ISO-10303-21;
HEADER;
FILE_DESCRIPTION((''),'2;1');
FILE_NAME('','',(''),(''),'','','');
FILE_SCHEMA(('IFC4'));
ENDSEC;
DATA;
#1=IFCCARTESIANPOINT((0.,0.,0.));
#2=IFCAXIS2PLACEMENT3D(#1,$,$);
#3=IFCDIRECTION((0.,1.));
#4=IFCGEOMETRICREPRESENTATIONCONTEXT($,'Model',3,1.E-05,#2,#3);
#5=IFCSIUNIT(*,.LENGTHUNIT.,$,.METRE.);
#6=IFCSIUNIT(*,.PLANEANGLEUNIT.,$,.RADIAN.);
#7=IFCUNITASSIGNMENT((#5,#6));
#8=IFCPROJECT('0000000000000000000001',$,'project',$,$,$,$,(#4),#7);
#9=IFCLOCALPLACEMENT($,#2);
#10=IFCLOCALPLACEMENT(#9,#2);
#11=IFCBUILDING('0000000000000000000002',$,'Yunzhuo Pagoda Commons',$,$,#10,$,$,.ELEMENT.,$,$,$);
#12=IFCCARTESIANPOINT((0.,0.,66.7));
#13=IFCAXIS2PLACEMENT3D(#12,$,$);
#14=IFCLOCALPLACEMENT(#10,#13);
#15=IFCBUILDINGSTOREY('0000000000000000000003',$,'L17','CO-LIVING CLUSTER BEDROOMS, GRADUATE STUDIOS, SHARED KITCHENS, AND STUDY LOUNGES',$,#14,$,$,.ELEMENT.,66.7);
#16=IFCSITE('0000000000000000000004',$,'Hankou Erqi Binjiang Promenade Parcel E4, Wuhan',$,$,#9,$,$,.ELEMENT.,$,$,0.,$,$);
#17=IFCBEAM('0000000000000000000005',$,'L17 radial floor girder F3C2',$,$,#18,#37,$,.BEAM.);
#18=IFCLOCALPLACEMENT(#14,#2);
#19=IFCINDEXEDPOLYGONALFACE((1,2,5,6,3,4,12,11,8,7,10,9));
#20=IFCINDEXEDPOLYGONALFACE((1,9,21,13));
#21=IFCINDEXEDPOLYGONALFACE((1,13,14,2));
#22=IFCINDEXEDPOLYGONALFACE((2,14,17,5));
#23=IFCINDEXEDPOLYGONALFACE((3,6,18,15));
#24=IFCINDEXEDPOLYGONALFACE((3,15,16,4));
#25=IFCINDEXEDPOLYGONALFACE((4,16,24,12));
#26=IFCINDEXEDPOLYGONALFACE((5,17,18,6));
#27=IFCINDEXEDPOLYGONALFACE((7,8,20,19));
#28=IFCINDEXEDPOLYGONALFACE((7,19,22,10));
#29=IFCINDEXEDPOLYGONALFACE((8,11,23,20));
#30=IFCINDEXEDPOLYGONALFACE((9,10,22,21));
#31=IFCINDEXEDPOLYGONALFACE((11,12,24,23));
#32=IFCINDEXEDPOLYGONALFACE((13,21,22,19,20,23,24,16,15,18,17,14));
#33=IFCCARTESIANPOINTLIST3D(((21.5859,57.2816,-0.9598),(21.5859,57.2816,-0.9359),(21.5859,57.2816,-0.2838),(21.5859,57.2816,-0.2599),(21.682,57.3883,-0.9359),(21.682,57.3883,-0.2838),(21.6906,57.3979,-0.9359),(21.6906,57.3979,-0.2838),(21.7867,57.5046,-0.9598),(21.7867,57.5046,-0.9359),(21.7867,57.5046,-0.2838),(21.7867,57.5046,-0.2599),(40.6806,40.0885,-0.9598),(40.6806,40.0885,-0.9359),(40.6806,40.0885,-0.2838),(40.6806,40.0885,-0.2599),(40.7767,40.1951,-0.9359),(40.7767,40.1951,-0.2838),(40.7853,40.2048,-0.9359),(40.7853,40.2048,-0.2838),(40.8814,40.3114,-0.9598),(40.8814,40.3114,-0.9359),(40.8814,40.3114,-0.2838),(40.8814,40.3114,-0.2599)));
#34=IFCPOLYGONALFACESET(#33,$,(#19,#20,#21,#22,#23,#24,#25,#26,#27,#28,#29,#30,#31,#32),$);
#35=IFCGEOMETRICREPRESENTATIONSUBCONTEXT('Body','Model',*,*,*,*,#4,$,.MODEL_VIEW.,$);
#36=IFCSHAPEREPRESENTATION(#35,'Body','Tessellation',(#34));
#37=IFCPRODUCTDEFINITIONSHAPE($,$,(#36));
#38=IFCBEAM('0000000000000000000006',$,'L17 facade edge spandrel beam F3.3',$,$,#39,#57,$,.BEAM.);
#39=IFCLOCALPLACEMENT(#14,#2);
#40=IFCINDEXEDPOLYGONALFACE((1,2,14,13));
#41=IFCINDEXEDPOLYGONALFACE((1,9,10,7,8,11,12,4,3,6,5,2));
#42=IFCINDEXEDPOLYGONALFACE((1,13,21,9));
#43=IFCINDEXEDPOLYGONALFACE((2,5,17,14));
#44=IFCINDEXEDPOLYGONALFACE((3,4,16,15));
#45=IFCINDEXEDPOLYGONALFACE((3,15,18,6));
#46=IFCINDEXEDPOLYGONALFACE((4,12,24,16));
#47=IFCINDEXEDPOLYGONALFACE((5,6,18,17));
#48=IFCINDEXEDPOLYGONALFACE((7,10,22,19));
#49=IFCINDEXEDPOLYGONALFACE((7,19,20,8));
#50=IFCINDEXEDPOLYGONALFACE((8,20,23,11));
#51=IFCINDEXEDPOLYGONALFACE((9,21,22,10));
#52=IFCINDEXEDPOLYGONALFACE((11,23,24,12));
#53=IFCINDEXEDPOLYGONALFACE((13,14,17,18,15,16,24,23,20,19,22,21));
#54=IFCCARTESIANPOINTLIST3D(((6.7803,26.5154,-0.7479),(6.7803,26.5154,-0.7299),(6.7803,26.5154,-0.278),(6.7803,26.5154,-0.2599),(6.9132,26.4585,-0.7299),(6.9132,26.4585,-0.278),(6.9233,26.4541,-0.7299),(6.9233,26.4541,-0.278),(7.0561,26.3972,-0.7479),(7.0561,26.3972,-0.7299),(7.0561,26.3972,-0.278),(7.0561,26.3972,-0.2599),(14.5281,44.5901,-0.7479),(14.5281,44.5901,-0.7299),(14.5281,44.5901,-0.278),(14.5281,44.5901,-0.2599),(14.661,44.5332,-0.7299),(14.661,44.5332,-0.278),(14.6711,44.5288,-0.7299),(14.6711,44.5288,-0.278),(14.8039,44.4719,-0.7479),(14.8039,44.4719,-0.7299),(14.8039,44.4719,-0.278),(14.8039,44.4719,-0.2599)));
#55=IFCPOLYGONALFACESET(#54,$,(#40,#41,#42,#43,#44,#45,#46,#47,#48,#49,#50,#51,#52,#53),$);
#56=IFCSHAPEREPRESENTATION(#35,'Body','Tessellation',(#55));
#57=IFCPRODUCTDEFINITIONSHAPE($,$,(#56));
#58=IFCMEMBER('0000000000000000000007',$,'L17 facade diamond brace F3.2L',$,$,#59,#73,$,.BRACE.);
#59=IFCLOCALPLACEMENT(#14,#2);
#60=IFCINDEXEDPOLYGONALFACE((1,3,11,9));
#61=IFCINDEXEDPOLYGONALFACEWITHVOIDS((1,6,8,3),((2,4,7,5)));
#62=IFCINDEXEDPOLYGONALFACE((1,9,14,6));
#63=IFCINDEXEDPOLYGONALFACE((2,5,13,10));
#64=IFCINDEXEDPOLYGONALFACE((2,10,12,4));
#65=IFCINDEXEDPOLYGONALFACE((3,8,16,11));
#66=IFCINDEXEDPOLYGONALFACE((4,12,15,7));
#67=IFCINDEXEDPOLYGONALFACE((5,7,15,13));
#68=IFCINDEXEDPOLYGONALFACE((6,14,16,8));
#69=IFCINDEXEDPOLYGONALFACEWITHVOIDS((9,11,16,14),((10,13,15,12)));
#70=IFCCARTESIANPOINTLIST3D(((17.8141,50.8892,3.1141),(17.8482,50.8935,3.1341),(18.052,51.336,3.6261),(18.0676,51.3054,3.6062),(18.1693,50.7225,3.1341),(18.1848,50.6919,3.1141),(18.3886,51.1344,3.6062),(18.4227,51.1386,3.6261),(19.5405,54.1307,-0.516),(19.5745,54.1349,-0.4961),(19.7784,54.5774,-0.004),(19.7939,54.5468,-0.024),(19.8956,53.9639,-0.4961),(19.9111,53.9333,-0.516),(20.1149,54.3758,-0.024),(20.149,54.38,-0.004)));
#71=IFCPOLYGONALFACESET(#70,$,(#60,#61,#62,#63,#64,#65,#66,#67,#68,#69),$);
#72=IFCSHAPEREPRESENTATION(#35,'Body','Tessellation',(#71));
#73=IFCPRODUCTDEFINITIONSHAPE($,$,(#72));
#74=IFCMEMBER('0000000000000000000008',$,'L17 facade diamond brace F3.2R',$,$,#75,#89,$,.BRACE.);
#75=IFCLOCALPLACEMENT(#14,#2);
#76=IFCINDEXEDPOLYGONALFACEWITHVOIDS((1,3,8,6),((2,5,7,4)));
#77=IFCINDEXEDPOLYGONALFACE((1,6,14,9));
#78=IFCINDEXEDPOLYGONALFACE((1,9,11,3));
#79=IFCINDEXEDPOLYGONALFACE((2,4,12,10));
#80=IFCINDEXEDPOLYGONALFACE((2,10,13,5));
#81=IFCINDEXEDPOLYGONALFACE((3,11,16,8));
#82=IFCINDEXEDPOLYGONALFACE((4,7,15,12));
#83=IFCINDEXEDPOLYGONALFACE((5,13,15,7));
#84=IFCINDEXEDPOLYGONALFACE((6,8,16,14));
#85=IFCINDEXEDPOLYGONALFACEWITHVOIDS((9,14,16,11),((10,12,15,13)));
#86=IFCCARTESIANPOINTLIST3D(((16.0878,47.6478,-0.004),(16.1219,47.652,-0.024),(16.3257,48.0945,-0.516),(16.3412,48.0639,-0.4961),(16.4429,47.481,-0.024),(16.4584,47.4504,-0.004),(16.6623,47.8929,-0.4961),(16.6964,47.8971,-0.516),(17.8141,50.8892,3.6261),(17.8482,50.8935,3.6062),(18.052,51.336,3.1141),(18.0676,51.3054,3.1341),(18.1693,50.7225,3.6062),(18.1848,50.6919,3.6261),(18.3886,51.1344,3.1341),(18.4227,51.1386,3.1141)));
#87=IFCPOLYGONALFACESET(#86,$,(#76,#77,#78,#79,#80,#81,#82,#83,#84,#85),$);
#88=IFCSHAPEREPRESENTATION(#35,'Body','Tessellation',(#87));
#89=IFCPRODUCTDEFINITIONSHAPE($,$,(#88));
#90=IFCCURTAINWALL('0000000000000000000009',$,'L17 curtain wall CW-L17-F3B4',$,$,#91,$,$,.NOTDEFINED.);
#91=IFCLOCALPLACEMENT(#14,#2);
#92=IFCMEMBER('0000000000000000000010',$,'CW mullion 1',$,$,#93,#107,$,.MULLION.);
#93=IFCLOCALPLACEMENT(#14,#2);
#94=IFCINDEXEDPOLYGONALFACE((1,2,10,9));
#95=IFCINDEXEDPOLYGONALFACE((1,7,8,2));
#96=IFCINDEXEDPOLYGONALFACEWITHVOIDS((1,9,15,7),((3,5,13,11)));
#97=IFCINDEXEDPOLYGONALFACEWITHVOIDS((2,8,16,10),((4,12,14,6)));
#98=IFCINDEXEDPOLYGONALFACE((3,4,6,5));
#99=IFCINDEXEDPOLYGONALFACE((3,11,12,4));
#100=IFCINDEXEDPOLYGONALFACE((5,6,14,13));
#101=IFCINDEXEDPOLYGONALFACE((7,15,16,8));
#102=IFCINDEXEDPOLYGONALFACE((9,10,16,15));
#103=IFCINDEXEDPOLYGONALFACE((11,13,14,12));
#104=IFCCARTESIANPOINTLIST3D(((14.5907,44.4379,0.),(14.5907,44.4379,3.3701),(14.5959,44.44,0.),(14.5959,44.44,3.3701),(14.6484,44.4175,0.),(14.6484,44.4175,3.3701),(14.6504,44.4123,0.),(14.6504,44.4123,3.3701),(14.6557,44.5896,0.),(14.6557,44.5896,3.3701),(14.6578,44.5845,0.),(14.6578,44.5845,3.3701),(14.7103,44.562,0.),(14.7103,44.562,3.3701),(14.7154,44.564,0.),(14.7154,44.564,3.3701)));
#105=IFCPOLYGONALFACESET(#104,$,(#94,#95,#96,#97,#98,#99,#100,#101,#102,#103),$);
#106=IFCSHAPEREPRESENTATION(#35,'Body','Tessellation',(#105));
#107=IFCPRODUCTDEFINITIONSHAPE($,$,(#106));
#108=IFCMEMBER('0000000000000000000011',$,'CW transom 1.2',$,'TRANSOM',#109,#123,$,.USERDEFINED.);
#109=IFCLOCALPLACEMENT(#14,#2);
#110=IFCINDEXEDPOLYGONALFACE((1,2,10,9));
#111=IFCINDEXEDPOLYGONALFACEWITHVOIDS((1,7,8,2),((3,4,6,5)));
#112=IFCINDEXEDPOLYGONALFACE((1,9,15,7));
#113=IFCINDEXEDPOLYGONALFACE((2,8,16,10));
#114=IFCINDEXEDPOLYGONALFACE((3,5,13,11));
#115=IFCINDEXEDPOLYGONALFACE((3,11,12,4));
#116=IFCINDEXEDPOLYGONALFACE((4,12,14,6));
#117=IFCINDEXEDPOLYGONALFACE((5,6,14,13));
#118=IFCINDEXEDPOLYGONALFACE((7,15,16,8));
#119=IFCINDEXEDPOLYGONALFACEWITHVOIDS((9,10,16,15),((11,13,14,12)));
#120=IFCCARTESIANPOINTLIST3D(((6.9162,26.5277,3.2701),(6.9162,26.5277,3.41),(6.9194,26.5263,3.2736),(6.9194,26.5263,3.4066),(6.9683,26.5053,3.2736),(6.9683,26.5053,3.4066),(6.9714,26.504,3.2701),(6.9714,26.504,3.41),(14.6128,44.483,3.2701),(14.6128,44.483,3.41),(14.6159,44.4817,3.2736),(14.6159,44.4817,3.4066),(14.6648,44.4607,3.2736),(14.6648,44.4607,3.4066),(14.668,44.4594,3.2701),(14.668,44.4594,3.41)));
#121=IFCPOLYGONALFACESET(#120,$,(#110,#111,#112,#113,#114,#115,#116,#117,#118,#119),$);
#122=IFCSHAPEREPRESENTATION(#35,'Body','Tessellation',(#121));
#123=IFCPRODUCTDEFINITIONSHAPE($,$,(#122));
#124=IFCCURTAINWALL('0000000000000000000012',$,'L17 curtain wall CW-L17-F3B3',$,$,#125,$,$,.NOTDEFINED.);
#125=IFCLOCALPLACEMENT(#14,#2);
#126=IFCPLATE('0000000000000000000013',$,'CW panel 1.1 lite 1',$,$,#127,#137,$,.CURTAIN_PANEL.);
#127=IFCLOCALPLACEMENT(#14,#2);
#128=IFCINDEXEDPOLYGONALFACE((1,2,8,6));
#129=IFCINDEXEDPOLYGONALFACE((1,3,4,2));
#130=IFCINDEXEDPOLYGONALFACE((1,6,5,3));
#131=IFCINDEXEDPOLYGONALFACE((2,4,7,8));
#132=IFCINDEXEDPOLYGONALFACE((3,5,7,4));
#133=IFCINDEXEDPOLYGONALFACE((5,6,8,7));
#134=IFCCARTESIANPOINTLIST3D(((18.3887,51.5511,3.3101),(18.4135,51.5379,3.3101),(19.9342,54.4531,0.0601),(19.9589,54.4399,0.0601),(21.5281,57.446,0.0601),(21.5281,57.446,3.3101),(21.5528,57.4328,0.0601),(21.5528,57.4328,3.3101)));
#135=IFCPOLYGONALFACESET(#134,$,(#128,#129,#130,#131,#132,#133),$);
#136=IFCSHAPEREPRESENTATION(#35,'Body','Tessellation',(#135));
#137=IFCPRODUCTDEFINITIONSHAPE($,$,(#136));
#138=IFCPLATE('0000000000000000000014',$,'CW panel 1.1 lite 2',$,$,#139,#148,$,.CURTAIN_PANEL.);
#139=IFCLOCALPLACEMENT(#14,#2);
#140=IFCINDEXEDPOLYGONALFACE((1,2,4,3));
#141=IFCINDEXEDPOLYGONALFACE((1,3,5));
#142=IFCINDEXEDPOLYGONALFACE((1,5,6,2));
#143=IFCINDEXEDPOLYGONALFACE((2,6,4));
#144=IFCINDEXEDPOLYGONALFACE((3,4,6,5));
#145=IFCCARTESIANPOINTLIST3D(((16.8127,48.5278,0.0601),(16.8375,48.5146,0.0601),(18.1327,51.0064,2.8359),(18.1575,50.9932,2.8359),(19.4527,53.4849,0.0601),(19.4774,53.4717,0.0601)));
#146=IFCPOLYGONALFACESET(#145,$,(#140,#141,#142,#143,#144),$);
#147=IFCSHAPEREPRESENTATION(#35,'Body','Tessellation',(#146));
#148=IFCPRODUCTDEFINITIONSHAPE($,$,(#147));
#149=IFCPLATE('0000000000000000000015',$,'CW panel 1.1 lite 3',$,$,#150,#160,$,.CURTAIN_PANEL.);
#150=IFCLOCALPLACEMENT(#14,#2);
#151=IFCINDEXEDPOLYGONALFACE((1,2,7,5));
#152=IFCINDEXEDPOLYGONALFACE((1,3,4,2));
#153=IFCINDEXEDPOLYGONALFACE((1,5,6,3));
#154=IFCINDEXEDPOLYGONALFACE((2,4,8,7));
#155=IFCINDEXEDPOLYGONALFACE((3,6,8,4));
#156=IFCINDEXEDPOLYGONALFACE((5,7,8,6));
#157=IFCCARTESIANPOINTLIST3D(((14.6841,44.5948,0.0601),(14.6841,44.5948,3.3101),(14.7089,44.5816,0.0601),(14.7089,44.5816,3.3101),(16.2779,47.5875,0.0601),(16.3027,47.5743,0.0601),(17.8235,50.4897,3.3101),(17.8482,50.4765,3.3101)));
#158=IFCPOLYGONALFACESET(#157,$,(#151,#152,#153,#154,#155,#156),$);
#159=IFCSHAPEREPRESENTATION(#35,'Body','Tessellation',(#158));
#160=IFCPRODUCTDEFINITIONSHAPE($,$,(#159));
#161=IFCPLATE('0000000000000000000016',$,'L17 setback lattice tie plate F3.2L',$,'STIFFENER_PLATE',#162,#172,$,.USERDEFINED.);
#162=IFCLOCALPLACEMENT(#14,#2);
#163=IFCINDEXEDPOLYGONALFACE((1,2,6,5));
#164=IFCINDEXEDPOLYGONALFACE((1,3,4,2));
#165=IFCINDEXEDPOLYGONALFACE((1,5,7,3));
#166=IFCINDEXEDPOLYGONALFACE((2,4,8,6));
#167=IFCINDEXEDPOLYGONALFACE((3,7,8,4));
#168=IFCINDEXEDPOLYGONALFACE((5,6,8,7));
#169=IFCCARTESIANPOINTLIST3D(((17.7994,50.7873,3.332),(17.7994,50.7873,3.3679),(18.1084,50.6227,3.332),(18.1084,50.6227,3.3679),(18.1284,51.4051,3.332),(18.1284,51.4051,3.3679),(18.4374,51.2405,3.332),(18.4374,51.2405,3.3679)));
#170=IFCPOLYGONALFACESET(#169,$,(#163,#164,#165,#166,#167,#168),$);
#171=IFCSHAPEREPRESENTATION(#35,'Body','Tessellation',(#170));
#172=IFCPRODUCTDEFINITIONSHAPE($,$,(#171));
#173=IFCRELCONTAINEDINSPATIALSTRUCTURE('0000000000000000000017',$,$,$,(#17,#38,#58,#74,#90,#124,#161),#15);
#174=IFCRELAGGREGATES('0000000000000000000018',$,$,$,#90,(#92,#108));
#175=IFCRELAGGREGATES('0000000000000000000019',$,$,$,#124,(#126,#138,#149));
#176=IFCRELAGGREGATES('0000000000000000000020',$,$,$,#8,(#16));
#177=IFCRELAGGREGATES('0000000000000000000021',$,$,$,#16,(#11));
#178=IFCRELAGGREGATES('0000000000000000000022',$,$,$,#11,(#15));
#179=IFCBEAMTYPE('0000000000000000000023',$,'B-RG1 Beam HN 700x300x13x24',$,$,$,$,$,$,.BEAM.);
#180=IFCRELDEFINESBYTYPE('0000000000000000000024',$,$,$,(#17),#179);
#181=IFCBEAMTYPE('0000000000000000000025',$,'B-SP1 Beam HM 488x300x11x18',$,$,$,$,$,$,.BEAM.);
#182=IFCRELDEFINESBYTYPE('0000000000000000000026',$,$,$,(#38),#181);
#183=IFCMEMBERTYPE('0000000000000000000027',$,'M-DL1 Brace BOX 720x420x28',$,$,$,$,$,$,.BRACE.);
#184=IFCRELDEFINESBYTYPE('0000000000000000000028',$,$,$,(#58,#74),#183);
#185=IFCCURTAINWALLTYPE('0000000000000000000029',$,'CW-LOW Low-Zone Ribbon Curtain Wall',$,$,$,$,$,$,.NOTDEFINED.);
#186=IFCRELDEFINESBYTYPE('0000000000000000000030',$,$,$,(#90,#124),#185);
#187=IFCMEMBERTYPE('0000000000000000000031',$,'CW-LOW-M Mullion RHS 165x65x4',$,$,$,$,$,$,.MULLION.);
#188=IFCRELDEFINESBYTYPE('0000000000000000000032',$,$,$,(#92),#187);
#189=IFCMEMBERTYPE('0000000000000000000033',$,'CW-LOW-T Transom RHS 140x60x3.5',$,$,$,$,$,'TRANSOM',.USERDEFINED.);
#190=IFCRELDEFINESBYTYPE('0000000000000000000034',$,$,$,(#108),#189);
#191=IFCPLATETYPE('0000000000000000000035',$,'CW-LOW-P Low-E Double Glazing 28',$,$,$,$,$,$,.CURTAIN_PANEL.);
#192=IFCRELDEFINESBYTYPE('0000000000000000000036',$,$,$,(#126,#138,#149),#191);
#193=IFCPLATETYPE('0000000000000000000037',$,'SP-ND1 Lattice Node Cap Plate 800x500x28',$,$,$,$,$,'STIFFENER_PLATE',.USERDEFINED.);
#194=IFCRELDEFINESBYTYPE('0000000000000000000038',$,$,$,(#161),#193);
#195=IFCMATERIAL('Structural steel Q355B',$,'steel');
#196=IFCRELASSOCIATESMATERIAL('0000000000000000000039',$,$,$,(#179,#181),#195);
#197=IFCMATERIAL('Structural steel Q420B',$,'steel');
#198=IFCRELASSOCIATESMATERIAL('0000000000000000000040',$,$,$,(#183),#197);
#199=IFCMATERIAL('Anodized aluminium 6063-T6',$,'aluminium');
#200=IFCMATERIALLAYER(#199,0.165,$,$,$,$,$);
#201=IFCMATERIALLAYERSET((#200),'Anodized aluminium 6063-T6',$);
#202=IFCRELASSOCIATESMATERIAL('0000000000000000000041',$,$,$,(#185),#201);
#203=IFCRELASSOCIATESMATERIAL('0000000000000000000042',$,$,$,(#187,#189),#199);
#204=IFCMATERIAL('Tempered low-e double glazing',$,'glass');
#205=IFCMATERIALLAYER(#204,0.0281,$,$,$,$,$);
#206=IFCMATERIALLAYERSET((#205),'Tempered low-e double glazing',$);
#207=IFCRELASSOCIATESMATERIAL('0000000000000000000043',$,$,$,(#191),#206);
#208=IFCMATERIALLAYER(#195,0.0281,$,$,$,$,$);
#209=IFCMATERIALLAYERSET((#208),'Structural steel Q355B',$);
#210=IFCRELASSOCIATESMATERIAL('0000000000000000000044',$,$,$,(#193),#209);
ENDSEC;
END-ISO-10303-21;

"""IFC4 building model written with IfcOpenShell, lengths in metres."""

from ifc_helpers import new_model, si_unit, direction, frame, origin, origin_2d, place, context, subcontext, project, spatial, polyline, rectangle, hollow_rectangle, i_section, outline, extrude, source, transform, mapped, material, layer, layer_set, material_profile, profile_set, type_object, element, aggregate, save


model = new_model("IFC4")

# Units and contexts
model_context = context("Model", 3, precision=1e-05, world=origin(), true_north=direction((0.0, 1.0)))
body_context = subcontext(model_context, "Body", "Model", "MODEL_VIEW")
ifc_project = project(units=[si_unit("LENGTHUNIT", "METRE"), si_unit("PLANEANGLEUNIT", "RADIAN")], contexts=[model_context])

# Site, building, storey
site_placement = place(None, origin())
site = spatial("IfcSite", under=ifc_project, at=site_placement, Name="Hankou Erqi Binjiang Promenade Parcel E4, Wuhan", CompositionType="ELEMENT", RefElevation=0.0)
building_placement = place(site_placement, origin())
building = spatial("IfcBuilding", under=site, at=building_placement, Name="Yunzhuo Pagoda Commons", CompositionType="ELEMENT")
storey_placement = place(building_placement, frame((0.0, 0.0, 66.7)))
storey = spatial("IfcBuildingStorey", under=building, at=storey_placement, Name="L17", Description="CO-LIVING CLUSTER BEDROOMS, GRADUATE STUDIOS, SHARED KITCHENS, AND STUDY LOUNGES", CompositionType="ELEMENT", Elevation=66.7)

# Shared definitions
ifc_material_1 = material(Name="Structural steel Q420B", Category="steel")

# Beams
ifc_material_2 = material(Name="Structural steel Q355B", Category="steel")
ifc_material_profile_1 = material_profile(ifc_material_2, i_section(OverallWidth=0.3, OverallDepth=0.7, WebThickness=0.0129, FlangeThickness=0.0239, at=origin_2d()), Name="Structural steel Q355B")
ifc_profile_set_1 = profile_set([ifc_material_profile_1], Name="Structural steel Q355B")
beam_type_1 = type_object("IfcBeamType", Name="B-RG1 Beam HN 700x300x13x24", PredefinedType="BEAM", material=ifc_profile_set_1)
shared_shape_1 = source(origin(), body_context, "Body", "SweptSolid", [
    extrude(i_section(OverallWidth=0.3, OverallDepth=0.7, WebThickness=0.0129, FlangeThickness=0.0239, at=origin_2d()), origin(), (0.0, 0.0, 1.0), 25.6946),
])
beam_1_placement = place(storey_placement, frame((21.6863, 57.3931, -0.6099), z_axis=(0.743142, -0.669134, 0.0), x_axis=(0.669134, 0.743142, 0.0)))
element("IfcBeam", 1, at=beam_1_placement, inside=storey, type_object=beam_type_1, Name="L17 radial floor girder F3C2", PredefinedType="BEAM", context=body_context, shape_type="MappedRepresentation", body=[
    mapped(shared_shape_1, transform((0.0, 0.0, 0.0), scale=1.0)),
])
ifc_material_profile_2 = material_profile(ifc_material_2, i_section(OverallWidth=0.3, OverallDepth=0.488, WebThickness=0.011, FlangeThickness=0.0181, at=origin_2d()), Name="Structural steel Q355B")
ifc_profile_set_2 = profile_set([ifc_material_profile_2], Name="Structural steel Q355B")
beam_type_2 = type_object("IfcBeamType", Name="B-SP1 Beam HM 488x300x11x18", PredefinedType="BEAM", material=ifc_profile_set_2)
shared_shape_2 = source(origin(), body_context, "Body", "SweptSolid", [
    extrude(i_section(OverallWidth=0.3, OverallDepth=0.488, WebThickness=0.011, FlangeThickness=0.0181, at=origin_2d()), origin(), (0.0, 0.0, 1.0), 19.6653),
])
beam_2_placement = place(storey_placement, frame((14.666, 44.531, -0.5039), z_axis=(-0.393984, -0.919117, 0.0), x_axis=(0.919117, -0.393984, 0.0)))
element("IfcBeam", 2, at=beam_2_placement, inside=storey, type_object=beam_type_2, Name="L17 facade edge spandrel beam F3.3", PredefinedType="BEAM", context=body_context, shape_type="MappedRepresentation", body=[
    mapped(shared_shape_2, transform((0.0, 0.0, 0.0), scale=1.0)),
])

# Members
ifc_material_profile_3 = material_profile(ifc_material_1, hollow_rectangle(XDim=0.4199, YDim=0.72, WallThickness=0.0281, at=origin_2d()), Name="Structural steel Q420B")
ifc_profile_set_3 = profile_set([ifc_material_profile_3], Name="Structural steel Q420B")
member_type_1 = type_object("IfcMemberType", Name="M-DL1 Brace BOX 720x420x28", PredefinedType="BRACE", material=ifc_profile_set_3)
shared_shape_3 = source(origin(), body_context, "Body", "SweptSolid", [
    extrude(hollow_rectangle(XDim=0.4199, YDim=0.72, WallThickness=0.0281, at=origin_2d()), origin(), (0.0, 0.0, 1.0), 5.1638),
])
for number, where, z_axis, x_axis, name in (
    (3, (19.8447, 54.2554, -0.26), (-0.33431, -0.627724, 0.702993), (0.882631, -0.470067, 0.0), "L17 facade diamond brace F3.2L"),
    (4, (16.3921, 47.7725, -0.26), (0.33431, 0.627724, 0.702993), (-0.882631, 0.470067, 0.0), "L17 facade diamond brace F3.2R"),
):
    element("IfcMember", number, at=place(storey_placement, frame(where, z_axis=z_axis, x_axis=x_axis)), inside=storey, type_object=member_type_1, Name=name, PredefinedType="BRACE", context=body_context, shape_type="MappedRepresentation", body=[
        mapped(shared_shape_3, transform((0.0, 0.0, 0.0), scale=1.0)),
    ])

# Curtain wall, members
ifc_material_3 = material(Name="Anodized aluminium 6063-T6", Category="aluminium")
ifc_layer_1 = layer(ifc_material_3, 0.165)
ifc_layer_set_1 = layer_set([ifc_layer_1], Name="Anodized aluminium 6063-T6")
curtain_wall_type = type_object("IfcCurtainWallType", Name="CW-LOW Low-Zone Ribbon Curtain Wall", PredefinedType="NOTDEFINED", material=ifc_layer_set_1)
curtain_wall_1_placement = place(storey_placement, origin())
curtain_wall_1 = element("IfcCurtainWall", 5, at=curtain_wall_1_placement, inside=storey, type_object=curtain_wall_type, Name="L17 curtain wall CW-L17-F3B4", PredefinedType="NOTDEFINED")
ifc_material_profile_4 = material_profile(ifc_material_3, hollow_rectangle(XDim=0.0649, YDim=0.165, WallThickness=0.0039, at=origin_2d()), Name="Anodized aluminium 6063-T6")
ifc_profile_set_4 = profile_set([ifc_material_profile_4], Name="Anodized aluminium 6063-T6")
member_type_2 = type_object("IfcMemberType", Name="CW-LOW-M Mullion RHS 165x65x4", PredefinedType="MULLION", material=ifc_profile_set_4)
shared_shape_4 = source(origin(), body_context, "Body", "SweptSolid", [
    extrude(hollow_rectangle(XDim=0.0649, YDim=0.165, WallThickness=0.0039, at=origin_2d()), origin(), (0.0, 0.0, 1.0), 3.3701),
])
member_1_placement = place(storey_placement, frame((14.6531, 44.501, 0.0), z_axis=(0.0, 0.0, 1.0), x_axis=(0.919121, -0.393975, 0.0)))
member_1 = element("IfcMember", 6, at=member_1_placement, type_object=member_type_2, Name="CW mullion 1", PredefinedType="MULLION", context=body_context, shape_type="MappedRepresentation", body=[
    mapped(shared_shape_4, transform((0.0, 0.0, 0.0), scale=1.0)),
])
ifc_material_profile_5 = material_profile(ifc_material_3, hollow_rectangle(XDim=0.0601, YDim=0.1399, WallThickness=0.0034, at=origin_2d()), Name="Anodized aluminium 6063-T6")
ifc_profile_set_5 = profile_set([ifc_material_profile_5], Name="Anodized aluminium 6063-T6")
member_type_3 = type_object("IfcMemberType", Name="CW-LOW-T Transom RHS 140x60x3.5", ElementType="TRANSOM", PredefinedType="USERDEFINED", material=ifc_profile_set_5)
shared_shape_5 = source(origin(), body_context, "Body", "SweptSolid", [
    extrude(hollow_rectangle(XDim=0.0601, YDim=0.1399, WallThickness=0.0034, at=origin_2d()), origin(), (0.0, 0.0, 1.0), 19.5354),
])
member_2_placement = place(storey_placement, frame((14.6404, 44.4712, 3.3401), z_axis=(-0.39398, -0.919119, 0.0), x_axis=(0.919119, -0.39398, 0.0)))
member_2 = element("IfcMember", 7, at=member_2_placement, type_object=member_type_3, Name="CW transom 1.2", ObjectType="TRANSOM", PredefinedType="USERDEFINED", context=body_context, shape_type="MappedRepresentation", body=[
    mapped(shared_shape_5, transform((0.0, 0.0, 0.0), scale=1.0)),
])
aggregate(curtain_wall_1, [member_1, member_2])

# Curtain wall, plates
curtain_wall_2_placement = place(storey_placement, origin())
curtain_wall_2 = element("IfcCurtainWall", 8, at=curtain_wall_2_placement, inside=storey, type_object=curtain_wall_type, Name="L17 curtain wall CW-L17-F3B3", PredefinedType="NOTDEFINED")
ifc_material_4 = material(Name="Tempered low-e double glazing", Category="glass")
ifc_layer_2 = layer(ifc_material_4, 0.0281)
ifc_layer_set_2 = layer_set([ifc_layer_2], Name="Tempered low-e double glazing")
plate_type_1 = type_object("IfcPlateType", Name="CW-LOW-P Low-E Double Glazing 28", PredefinedType="CURTAIN_PANEL", material=ifc_layer_set_2)
plate_1_placement = place(storey_placement, frame((19.9832, 54.4854, 1.6851), z_axis=(-0.882637, 0.470056, 0.0), x_axis=(-0.470056, -0.882637, 0.0)))
plate_1 = element("IfcPlate", 9, at=plate_1_placement, type_object=plate_type_1, Name="CW panel 1.1 lite 1", PredefinedType="CURTAIN_PANEL", context=body_context, shape_type="SweptSolid", body=[
    extrude(outline(polyline([(-3.3394, -1.625), (0.0515, -1.625), (3.3394, 1.625), (-3.3394, 1.625), (-3.3394, -1.625)])), origin(), (0.0, 0.0, 1.0), 0.0281),
])
plate_2_placement = place(storey_placement, frame((18.1575, 50.9932, 1.448), z_axis=(-0.882637, 0.470056, 0.0), x_axis=(-0.470056, -0.882637, 0.0)))
plate_2 = element("IfcPlate", 10, at=plate_2_placement, type_object=plate_type_1, Name="CW panel 1.1 lite 2", PredefinedType="CURTAIN_PANEL", context=body_context, shape_type="SweptSolid", body=[
    extrude(outline(polyline([(-2.8081, -1.3879), (2.8081, -1.3879), (0.0, 1.3879), (-2.8081, -1.3879)])), origin(), (0.0, 0.0, 1.0), 0.0281),
])
plate_3_placement = place(storey_placement, frame((16.2786, 47.5291, 1.6851), z_axis=(-0.882637, 0.470056, 0.0), x_axis=(-0.470056, -0.882637, 0.0)))
plate_3 = element("IfcPlate", 11, at=plate_3_placement, type_object=plate_type_1, Name="CW panel 1.1 lite 3", PredefinedType="CURTAIN_PANEL", context=body_context, shape_type="SweptSolid", body=[
    extrude(outline(polyline([(-3.3394, 1.625), (-0.0513, -1.625), (3.3394, -1.625), (3.3394, 1.625), (-3.3394, 1.625)])), origin(), (0.0, 0.0, 1.0), 0.0281),
])
aggregate(curtain_wall_2, [plate_1, plate_2, plate_3])

# Plate
ifc_layer_3 = layer(ifc_material_2, 0.0281)
ifc_layer_set_3 = layer_set([ifc_layer_3], Name="Structural steel Q355B")
plate_type_2 = type_object("IfcPlateType", Name="SP-ND1 Lattice Node Cap Plate 800x500x28", ElementType="STIFFENER_PLATE", PredefinedType="USERDEFINED", material=ifc_layer_set_3)
shared_shape_6 = source(origin(), body_context, "Body", "SweptSolid", [
    extrude(rectangle(XDim=0.7, YDim=0.3501, at=origin_2d()), origin(), (0.0, 0.0, 1.0), 0.0359),
])
plate_4_placement = place(storey_placement, frame((18.1184, 51.0139, 3.332), z_axis=(0.0, 0.0, 1.0), x_axis=(-0.470057, -0.882636, 0.0)))
element("IfcPlate", 12, at=plate_4_placement, inside=storey, type_object=plate_type_2, Name="L17 setback lattice tie plate F3.2L", ObjectType="STIFFENER_PLATE", PredefinedType="USERDEFINED", context=body_context, shape_type="MappedRepresentation", body=[
    mapped(shared_shape_6, transform((0.0, 0.0, 0.0), scale=1.0)),
])

save(model, "model.ifc")
